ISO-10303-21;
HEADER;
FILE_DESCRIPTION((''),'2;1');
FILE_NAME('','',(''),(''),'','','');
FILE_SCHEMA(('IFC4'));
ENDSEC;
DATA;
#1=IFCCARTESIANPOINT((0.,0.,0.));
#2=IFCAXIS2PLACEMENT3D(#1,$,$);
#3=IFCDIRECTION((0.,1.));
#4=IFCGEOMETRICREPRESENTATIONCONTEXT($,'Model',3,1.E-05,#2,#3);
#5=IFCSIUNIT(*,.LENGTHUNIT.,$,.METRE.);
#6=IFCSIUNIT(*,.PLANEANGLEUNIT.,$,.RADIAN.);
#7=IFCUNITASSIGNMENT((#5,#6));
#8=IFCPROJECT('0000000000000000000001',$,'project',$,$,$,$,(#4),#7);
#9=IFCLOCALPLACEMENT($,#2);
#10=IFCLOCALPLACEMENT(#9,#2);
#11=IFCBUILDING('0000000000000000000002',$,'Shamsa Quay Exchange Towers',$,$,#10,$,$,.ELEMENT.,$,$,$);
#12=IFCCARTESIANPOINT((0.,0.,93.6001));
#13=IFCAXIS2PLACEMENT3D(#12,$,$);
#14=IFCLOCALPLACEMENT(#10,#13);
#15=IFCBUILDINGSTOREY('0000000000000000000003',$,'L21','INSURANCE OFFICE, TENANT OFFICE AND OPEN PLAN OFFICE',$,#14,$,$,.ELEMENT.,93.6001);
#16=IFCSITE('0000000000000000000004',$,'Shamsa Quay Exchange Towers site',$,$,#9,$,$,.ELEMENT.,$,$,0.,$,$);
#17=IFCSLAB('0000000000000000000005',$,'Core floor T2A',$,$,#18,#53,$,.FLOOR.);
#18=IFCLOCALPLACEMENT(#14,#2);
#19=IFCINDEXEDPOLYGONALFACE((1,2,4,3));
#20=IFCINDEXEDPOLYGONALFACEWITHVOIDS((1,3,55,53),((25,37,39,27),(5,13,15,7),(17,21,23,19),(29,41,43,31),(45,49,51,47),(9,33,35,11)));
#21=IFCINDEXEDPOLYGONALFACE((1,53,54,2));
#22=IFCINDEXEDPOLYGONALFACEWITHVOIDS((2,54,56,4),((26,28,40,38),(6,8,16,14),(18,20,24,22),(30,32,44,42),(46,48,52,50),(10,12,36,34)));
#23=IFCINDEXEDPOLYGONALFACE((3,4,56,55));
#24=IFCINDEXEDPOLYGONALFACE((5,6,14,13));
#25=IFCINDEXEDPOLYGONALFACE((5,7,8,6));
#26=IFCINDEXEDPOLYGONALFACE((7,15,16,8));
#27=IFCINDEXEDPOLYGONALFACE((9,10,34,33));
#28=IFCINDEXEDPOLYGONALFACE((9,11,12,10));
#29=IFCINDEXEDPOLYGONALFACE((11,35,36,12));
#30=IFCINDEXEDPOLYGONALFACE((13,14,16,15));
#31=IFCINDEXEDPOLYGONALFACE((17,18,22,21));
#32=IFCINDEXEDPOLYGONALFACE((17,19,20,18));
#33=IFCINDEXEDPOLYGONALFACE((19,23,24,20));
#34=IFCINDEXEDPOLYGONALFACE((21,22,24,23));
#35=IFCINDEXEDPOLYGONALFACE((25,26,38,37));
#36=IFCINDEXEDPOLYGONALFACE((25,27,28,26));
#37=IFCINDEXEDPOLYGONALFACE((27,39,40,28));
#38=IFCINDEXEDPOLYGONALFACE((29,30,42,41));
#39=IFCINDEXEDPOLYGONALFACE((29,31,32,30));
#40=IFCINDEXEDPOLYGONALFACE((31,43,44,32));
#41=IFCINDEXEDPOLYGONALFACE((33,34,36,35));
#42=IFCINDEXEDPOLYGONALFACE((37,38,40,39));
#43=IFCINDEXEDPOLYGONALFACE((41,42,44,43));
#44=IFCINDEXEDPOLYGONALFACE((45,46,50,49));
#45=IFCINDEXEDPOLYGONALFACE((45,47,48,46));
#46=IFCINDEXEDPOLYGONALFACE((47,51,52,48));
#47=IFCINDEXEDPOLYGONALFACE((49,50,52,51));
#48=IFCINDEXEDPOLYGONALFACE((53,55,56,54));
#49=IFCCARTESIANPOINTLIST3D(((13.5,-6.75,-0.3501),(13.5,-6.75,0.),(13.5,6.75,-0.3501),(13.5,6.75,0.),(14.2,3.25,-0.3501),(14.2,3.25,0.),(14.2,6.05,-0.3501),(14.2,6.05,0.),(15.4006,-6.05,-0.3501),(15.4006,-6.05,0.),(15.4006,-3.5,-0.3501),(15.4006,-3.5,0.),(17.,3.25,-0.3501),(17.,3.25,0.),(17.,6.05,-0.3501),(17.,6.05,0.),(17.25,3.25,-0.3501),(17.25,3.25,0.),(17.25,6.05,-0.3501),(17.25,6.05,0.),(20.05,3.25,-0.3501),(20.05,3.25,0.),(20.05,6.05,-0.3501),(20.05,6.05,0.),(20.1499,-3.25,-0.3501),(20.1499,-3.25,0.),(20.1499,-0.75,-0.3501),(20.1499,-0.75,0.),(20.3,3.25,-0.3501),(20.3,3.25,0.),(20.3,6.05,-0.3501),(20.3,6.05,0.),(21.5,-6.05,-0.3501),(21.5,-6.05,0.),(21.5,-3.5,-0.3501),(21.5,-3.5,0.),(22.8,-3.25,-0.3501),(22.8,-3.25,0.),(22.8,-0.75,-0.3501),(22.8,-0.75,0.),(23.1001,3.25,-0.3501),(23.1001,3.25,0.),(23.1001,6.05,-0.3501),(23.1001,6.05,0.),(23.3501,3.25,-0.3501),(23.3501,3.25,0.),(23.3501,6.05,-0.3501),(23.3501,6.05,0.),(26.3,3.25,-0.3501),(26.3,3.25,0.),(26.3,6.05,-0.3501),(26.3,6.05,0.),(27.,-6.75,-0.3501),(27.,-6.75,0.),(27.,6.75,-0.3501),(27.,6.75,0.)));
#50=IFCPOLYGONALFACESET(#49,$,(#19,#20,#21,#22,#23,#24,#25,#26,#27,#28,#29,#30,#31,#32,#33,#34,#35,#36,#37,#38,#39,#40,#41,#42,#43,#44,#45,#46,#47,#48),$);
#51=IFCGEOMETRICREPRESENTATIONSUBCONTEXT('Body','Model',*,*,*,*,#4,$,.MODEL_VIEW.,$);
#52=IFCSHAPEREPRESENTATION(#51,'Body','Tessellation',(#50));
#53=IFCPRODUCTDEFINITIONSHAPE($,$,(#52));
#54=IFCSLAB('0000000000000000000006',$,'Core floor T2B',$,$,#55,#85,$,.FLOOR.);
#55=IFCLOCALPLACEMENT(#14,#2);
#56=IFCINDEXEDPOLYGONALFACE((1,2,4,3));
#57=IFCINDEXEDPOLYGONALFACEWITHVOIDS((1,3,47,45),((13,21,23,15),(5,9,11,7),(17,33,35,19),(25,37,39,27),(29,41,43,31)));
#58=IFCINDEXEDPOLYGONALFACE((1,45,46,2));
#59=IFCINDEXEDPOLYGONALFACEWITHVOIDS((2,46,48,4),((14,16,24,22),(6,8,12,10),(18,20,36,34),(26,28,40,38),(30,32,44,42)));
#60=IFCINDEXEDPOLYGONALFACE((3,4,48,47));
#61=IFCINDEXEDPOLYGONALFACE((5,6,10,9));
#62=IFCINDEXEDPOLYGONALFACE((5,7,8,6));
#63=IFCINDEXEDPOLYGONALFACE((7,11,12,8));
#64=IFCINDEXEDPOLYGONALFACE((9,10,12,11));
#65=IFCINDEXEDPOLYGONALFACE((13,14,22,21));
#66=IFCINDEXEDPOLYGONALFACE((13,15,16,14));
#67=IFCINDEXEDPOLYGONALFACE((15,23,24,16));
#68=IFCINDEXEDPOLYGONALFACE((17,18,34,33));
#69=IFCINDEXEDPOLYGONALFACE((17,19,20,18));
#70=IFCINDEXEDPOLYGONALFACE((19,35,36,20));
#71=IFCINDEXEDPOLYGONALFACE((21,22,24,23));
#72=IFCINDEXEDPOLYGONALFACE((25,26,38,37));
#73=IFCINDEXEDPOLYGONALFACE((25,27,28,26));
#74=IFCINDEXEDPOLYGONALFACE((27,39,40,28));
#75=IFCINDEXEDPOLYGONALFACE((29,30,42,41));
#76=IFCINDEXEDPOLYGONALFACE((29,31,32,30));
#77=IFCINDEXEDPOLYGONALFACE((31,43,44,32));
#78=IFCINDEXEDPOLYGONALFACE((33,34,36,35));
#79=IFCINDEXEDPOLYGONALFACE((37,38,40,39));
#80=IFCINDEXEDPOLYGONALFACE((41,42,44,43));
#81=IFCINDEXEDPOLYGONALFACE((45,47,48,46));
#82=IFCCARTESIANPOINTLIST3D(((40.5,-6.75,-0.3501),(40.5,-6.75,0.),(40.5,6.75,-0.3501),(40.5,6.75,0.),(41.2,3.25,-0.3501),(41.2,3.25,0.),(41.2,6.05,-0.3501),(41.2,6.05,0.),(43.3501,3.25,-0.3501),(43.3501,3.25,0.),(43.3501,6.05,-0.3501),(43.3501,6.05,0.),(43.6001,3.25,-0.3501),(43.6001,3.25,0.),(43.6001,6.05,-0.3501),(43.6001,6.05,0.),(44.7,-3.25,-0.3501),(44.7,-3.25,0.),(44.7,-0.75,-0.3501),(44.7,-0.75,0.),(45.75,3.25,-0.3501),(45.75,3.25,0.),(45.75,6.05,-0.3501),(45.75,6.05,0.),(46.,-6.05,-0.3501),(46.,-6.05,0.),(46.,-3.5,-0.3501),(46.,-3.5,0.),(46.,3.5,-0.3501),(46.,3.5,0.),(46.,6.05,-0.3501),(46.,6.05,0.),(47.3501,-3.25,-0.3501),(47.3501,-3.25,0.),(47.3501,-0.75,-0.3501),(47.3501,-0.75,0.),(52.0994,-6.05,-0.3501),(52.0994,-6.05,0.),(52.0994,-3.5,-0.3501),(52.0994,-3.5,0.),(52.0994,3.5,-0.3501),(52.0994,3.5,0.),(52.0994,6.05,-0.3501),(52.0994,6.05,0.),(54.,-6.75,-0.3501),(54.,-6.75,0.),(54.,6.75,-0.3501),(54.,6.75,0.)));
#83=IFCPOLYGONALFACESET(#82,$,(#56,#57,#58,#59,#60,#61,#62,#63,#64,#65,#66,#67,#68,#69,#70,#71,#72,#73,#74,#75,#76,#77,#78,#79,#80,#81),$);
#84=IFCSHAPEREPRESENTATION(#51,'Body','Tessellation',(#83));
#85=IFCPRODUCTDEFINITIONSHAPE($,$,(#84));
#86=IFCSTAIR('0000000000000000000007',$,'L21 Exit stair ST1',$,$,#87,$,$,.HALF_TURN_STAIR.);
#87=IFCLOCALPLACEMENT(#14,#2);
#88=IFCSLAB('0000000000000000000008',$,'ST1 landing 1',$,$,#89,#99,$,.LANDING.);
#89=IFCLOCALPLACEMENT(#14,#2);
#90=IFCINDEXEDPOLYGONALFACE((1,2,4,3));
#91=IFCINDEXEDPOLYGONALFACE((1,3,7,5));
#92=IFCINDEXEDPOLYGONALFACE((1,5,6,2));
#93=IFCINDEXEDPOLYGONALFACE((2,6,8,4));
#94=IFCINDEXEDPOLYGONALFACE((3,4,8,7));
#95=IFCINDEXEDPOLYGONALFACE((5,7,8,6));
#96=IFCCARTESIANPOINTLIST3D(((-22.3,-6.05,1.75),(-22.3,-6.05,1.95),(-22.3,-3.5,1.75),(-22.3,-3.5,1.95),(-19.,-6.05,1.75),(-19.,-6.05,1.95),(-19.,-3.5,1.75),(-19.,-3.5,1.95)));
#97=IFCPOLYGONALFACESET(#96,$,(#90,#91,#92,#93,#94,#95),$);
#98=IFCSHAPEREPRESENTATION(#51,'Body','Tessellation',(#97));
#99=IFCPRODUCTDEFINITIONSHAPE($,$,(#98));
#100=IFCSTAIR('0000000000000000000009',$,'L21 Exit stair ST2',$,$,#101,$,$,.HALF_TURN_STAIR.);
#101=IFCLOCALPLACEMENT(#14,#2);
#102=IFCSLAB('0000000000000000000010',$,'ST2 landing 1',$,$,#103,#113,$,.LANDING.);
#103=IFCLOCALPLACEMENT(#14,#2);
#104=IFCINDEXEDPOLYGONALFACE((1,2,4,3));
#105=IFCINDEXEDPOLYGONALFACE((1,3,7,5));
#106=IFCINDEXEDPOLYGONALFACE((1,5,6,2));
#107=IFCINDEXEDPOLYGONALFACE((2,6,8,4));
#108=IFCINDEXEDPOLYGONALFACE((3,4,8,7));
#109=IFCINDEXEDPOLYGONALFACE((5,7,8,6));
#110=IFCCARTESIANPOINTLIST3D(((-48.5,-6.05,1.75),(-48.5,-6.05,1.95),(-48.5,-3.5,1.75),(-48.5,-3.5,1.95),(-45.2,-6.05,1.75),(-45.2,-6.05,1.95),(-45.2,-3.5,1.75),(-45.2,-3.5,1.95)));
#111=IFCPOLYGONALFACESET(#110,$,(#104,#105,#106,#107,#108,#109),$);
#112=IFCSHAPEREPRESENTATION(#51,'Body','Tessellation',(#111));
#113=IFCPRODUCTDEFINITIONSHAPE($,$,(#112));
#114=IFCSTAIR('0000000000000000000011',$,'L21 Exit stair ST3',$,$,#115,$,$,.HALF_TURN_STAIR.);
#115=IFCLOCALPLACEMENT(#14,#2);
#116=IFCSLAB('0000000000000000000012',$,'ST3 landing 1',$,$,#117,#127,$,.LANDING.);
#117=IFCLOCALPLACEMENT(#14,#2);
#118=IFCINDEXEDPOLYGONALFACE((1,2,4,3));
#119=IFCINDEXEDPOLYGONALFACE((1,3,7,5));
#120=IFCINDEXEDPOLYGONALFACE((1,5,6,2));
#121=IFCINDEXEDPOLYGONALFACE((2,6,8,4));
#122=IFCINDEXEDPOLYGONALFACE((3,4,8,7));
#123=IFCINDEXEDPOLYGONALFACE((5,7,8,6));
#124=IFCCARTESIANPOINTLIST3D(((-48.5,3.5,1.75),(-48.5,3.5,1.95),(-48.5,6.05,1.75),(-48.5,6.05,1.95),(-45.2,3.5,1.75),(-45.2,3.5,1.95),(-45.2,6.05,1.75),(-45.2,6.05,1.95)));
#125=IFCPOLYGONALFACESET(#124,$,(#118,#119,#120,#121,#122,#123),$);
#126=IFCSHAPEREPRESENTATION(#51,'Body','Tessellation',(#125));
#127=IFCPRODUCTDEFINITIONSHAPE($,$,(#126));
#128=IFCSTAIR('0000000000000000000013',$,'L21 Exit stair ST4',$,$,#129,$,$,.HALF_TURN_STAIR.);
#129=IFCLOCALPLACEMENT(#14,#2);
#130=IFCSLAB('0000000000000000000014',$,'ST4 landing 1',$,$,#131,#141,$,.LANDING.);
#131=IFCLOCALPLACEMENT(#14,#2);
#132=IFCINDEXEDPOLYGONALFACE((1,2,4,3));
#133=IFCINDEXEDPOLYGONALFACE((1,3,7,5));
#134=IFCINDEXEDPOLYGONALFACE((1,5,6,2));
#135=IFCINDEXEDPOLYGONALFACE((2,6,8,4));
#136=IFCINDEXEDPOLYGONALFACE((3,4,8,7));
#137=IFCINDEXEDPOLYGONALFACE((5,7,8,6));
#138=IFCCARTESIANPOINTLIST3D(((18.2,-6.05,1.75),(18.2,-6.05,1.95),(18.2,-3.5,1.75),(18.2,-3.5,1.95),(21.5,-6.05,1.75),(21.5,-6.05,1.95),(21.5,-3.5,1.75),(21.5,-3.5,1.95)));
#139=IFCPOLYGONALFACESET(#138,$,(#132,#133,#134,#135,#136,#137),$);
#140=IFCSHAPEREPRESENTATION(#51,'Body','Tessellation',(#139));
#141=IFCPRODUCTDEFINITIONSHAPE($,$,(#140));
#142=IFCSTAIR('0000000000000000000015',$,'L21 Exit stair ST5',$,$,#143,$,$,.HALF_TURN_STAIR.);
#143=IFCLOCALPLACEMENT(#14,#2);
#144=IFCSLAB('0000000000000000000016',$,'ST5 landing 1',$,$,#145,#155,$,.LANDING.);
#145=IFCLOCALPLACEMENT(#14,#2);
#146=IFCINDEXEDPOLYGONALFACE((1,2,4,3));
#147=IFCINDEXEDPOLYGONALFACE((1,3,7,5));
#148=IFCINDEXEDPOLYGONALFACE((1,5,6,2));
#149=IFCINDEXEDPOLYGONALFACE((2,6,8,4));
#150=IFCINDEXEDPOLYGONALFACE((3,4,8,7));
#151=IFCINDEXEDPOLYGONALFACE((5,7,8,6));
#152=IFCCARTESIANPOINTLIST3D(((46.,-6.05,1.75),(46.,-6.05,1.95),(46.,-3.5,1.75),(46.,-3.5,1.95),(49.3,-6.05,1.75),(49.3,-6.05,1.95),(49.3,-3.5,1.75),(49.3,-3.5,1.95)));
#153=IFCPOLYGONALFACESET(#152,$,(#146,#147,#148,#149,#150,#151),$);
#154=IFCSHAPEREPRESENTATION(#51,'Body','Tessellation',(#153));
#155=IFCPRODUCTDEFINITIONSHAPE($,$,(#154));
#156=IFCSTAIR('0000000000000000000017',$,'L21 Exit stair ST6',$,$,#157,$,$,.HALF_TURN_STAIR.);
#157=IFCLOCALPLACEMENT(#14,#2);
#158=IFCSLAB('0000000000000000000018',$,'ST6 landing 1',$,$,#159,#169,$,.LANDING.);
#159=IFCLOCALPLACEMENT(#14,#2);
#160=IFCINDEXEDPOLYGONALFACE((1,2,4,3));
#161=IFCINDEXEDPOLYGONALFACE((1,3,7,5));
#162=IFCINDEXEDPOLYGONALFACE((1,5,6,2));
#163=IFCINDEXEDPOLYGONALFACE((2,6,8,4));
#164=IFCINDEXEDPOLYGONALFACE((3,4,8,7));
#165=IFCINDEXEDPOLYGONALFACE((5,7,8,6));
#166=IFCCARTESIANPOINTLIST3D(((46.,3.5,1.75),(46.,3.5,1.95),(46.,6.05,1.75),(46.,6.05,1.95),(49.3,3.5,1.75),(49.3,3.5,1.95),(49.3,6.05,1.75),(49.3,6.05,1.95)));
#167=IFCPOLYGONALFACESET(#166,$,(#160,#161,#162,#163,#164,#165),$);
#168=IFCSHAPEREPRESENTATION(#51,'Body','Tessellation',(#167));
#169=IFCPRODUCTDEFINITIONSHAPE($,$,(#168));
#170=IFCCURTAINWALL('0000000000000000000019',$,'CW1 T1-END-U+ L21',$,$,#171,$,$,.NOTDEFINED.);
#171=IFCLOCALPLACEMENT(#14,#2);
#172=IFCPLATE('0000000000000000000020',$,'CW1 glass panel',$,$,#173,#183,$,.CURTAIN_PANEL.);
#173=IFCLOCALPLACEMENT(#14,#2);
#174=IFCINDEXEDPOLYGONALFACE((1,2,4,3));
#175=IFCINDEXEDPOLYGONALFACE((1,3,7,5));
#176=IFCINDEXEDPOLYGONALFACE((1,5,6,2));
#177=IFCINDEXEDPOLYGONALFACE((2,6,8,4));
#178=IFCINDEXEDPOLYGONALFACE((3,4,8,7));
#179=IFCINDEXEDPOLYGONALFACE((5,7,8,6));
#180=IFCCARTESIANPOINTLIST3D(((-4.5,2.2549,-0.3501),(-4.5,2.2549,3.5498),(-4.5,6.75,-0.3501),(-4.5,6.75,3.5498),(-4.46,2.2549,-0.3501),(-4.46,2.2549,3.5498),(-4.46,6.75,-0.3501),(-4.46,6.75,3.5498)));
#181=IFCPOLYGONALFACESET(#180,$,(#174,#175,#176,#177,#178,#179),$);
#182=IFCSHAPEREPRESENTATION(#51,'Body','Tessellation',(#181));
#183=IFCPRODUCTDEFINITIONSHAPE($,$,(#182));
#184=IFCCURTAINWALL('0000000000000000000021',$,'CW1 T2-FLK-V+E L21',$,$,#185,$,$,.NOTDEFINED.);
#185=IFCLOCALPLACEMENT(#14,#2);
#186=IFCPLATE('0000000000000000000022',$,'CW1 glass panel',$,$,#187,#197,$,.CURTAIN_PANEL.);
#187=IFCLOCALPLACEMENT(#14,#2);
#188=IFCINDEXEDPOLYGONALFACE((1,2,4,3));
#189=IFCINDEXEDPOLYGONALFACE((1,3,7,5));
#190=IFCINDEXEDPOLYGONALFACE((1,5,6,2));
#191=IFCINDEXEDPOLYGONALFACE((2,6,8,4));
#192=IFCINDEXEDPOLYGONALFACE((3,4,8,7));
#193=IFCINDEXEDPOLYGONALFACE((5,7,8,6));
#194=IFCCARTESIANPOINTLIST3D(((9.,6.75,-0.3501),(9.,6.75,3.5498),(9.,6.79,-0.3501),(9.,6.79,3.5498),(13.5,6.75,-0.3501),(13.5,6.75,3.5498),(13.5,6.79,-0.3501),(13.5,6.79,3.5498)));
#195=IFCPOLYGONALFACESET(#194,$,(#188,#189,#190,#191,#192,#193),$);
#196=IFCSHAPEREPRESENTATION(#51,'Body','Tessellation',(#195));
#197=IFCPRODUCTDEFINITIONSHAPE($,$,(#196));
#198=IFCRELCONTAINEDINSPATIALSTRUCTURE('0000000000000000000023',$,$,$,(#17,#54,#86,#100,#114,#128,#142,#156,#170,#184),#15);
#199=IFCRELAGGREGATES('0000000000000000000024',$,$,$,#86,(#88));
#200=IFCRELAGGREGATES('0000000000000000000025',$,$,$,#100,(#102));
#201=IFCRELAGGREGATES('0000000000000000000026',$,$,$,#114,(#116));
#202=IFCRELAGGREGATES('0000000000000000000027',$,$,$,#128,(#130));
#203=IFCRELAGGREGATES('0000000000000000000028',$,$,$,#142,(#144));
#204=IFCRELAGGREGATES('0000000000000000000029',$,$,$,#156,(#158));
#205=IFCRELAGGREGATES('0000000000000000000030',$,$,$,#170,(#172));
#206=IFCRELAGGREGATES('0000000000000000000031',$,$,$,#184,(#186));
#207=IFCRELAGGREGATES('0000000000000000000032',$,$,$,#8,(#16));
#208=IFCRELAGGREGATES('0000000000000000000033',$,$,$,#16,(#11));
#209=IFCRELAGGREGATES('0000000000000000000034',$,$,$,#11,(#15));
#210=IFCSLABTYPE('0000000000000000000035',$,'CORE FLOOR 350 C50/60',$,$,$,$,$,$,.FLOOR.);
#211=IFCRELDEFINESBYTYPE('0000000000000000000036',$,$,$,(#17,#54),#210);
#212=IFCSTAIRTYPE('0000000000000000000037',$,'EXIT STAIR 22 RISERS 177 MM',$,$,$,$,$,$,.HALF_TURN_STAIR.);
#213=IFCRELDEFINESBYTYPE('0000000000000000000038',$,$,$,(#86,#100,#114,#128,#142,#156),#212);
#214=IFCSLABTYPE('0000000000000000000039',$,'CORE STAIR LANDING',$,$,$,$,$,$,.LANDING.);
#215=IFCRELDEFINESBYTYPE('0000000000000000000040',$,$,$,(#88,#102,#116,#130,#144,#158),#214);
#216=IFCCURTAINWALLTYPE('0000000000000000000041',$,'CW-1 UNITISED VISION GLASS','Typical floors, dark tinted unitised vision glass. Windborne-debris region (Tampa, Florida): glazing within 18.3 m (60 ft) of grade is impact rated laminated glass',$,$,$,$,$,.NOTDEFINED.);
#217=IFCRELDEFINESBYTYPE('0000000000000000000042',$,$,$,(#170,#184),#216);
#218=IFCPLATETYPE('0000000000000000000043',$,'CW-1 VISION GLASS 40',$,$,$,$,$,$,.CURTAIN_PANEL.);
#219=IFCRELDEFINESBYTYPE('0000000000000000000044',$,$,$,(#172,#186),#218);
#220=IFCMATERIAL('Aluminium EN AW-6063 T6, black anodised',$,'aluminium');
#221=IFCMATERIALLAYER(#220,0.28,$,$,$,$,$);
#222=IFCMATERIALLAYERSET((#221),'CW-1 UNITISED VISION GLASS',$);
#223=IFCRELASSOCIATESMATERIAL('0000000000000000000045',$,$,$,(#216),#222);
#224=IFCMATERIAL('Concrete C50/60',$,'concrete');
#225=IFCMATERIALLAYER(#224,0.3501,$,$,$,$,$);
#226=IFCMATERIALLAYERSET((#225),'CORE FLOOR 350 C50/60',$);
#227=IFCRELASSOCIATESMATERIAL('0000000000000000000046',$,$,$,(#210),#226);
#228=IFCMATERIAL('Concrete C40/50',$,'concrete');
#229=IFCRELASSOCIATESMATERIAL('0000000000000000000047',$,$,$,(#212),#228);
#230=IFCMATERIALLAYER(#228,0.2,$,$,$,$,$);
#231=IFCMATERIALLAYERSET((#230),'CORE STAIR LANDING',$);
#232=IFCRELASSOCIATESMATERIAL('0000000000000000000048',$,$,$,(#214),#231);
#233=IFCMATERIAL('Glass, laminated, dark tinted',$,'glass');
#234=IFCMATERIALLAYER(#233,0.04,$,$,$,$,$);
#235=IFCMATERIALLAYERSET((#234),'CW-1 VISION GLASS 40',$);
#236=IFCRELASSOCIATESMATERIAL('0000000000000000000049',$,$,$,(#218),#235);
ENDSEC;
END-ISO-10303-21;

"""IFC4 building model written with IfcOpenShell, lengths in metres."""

from ifc_helpers import new_model, si_unit, direction, frame, origin, origin_2d, place, context, subcontext, project, spatial, polyline, rectangle, outline, extrude, material, layer, layer_set, type_object, element, aggregate, save


model = new_model("IFC4")

# Units and contexts
model_context = context("Model", 3, precision=1e-05, world=origin(), true_north=direction((0.0, 1.0)))
body_context = subcontext(model_context, "Body", "Model", "MODEL_VIEW")
ifc_project = project(units=[si_unit("LENGTHUNIT", "METRE"), si_unit("PLANEANGLEUNIT", "RADIAN")], contexts=[model_context])

# Site, building, storey
site_placement = place(None, origin())
site = spatial("IfcSite", under=ifc_project, at=site_placement, Name="Shamsa Quay Exchange Towers site", CompositionType="ELEMENT", RefElevation=0.0)
building_placement = place(site_placement, origin())
building = spatial("IfcBuilding", under=site, at=building_placement, Name="Shamsa Quay Exchange Towers", CompositionType="ELEMENT")
storey_placement = place(building_placement, frame((0.0, 0.0, 93.6001)))
storey = spatial("IfcBuildingStorey", under=building, at=storey_placement, Name="L21", Description="INSURANCE OFFICE, TENANT OFFICE AND OPEN PLAN OFFICE", CompositionType="ELEMENT", Elevation=93.6001)

# Shared definitions
ifc_material_1 = material(Name="Aluminium EN AW-6063 T6, black anodised", Category="aluminium")
ifc_layer_1 = layer(ifc_material_1, 0.28)
ifc_layer_set_1 = layer_set([ifc_layer_1], Name="CW-1 UNITISED VISION GLASS")
curtain_wall_type = type_object("IfcCurtainWallType", Name="CW-1 UNITISED VISION GLASS", Description="Typical floors, dark tinted unitised vision glass. Windborne-debris region (Tampa, Florida): glazing within 18.3 m (60 ft) of grade is impact rated laminated glass", PredefinedType="NOTDEFINED", material=ifc_layer_set_1)

# Slabs
ifc_material_2 = material(Name="Concrete C50/60", Category="concrete")
ifc_layer_2 = layer(ifc_material_2, 0.3501)
ifc_layer_set_2 = layer_set([ifc_layer_2], Name="CORE FLOOR 350 C50/60")
slab_type_1 = type_object("IfcSlabType", Name="CORE FLOOR 350 C50/60", PredefinedType="FLOOR", material=ifc_layer_set_2)
slab_1_placement = place(storey_placement, frame((0.0, 0.0, -0.3501)))
element("IfcSlab", 1, at=slab_1_placement, inside=storey, type_object=slab_type_1, Name="Core floor T2A", PredefinedType="FLOOR", context=body_context, shape_type="SweptSolid", body=[
    extrude(outline(polyline([(13.5, -6.75), (27.0, -6.75), (27.0, 6.75), (13.5, 6.75), (13.5, -6.75)]), holes=[polyline([(15.4006, -6.05), (15.4006, -3.5), (21.5, -3.5), (21.5, -6.05), (15.4006, -6.05)]), polyline([(14.2, 3.25), (14.2, 6.05), (17.0, 6.05), (17.0, 3.25), (14.2, 3.25)]), polyline([(17.25, 3.25), (17.25, 6.05), (20.05, 6.05), (20.05, 3.25), (17.25, 3.25)]), polyline([(20.3, 3.25), (20.3, 6.05), (23.1001, 6.05), (23.1001, 3.25), (20.3, 3.25)]), polyline([(23.3501, 3.25), (23.3501, 6.05), (26.3, 6.05), (26.3, 3.25), (23.3501, 3.25)]), polyline([(20.1499, -3.25), (20.1499, -0.75), (22.8, -0.75), (22.8, -3.25), (20.1499, -3.25)])]), origin(), (0.0, 0.0, 1.0), 0.3501),
])
slab_2_placement = place(storey_placement, frame((0.0, 0.0, -0.3501)))
element("IfcSlab", 2, at=slab_2_placement, inside=storey, type_object=slab_type_1, Name="Core floor T2B", PredefinedType="FLOOR", context=body_context, shape_type="SweptSolid", body=[
    extrude(outline(polyline([(54.0, -6.75), (54.0, 6.75), (40.5, 6.75), (40.5, -6.75), (54.0, -6.75)]), holes=[polyline([(52.0994, -3.5), (52.0994, -6.05), (46.0, -6.05), (46.0, -3.5), (52.0994, -3.5)]), polyline([(52.0994, 6.05), (52.0994, 3.5), (46.0, 3.5), (46.0, 6.05), (52.0994, 6.05)]), polyline([(45.75, 3.25), (43.6001, 3.25), (43.6001, 6.05), (45.75, 6.05), (45.75, 3.25)]), polyline([(43.3501, 3.25), (41.2, 3.25), (41.2, 6.05), (43.3501, 6.05), (43.3501, 3.25)]), polyline([(47.3501, -3.25), (44.7, -3.25), (44.7, -0.75), (47.3501, -0.75), (47.3501, -3.25)])]), origin(), (0.0, 0.0, 1.0), 0.3501),
])

# Stairs, slabs
ifc_material_3 = material(Name="Concrete C40/50", Category="concrete")
stair_type = type_object("IfcStairType", Name="EXIT STAIR 22 RISERS 177 MM", PredefinedType="HALF_TURN_STAIR", material=ifc_material_3)
stair_1_placement = place(storey_placement, origin())
stair_1 = element("IfcStair", 3, at=stair_1_placement, inside=storey, type_object=stair_type, Name="L21 Exit stair ST1", PredefinedType="HALF_TURN_STAIR")
ifc_layer_3 = layer(ifc_material_3, 0.2)
ifc_layer_set_3 = layer_set([ifc_layer_3], Name="CORE STAIR LANDING")
slab_type_2 = type_object("IfcSlabType", Name="CORE STAIR LANDING", PredefinedType="LANDING", material=ifc_layer_set_3)
slab_3_placement = place(storey_placement, frame((0.0, 0.0, 1.75)))
slab_3 = element("IfcSlab", 4, at=slab_3_placement, type_object=slab_type_2, Name="ST1 landing 1", PredefinedType="LANDING", context=body_context, shape_type="SweptSolid", body=[
    extrude(outline(polyline([(-22.3, -6.05), (-19.0, -6.05), (-19.0, -3.5), (-22.3, -3.5), (-22.3, -6.05)])), origin(), (0.0, 0.0, 1.0), 0.2),
])
aggregate(stair_1, [slab_3])
stair_2_placement = place(storey_placement, origin())
stair_2 = element("IfcStair", 5, at=stair_2_placement, inside=storey, type_object=stair_type, Name="L21 Exit stair ST2", PredefinedType="HALF_TURN_STAIR")
slab_4_placement = place(storey_placement, frame((0.0, 0.0, 1.75)))
slab_4 = element("IfcSlab", 6, at=slab_4_placement, type_object=slab_type_2, Name="ST2 landing 1", PredefinedType="LANDING", context=body_context, shape_type="SweptSolid", body=[
    extrude(outline(polyline([(-45.2, -3.5), (-48.5, -3.5), (-48.5, -6.05), (-45.2, -6.05), (-45.2, -3.5)])), origin(), (0.0, 0.0, 1.0), 0.2),
])
aggregate(stair_2, [slab_4])
stair_3_placement = place(storey_placement, origin())
stair_3 = element("IfcStair", 7, at=stair_3_placement, inside=storey, type_object=stair_type, Name="L21 Exit stair ST3", PredefinedType="HALF_TURN_STAIR")
slab_5_placement = place(storey_placement, frame((0.0, 0.0, 1.75)))
slab_5 = element("IfcSlab", 8, at=slab_5_placement, type_object=slab_type_2, Name="ST3 landing 1", PredefinedType="LANDING", context=body_context, shape_type="SweptSolid", body=[
    extrude(outline(polyline([(-45.2, 6.05), (-48.5, 6.05), (-48.5, 3.5), (-45.2, 3.5), (-45.2, 6.05)])), origin(), (0.0, 0.0, 1.0), 0.2),
])
aggregate(stair_3, [slab_5])
stair_4_placement = place(storey_placement, origin())
stair_4 = element("IfcStair", 9, at=stair_4_placement, inside=storey, type_object=stair_type, Name="L21 Exit stair ST4", PredefinedType="HALF_TURN_STAIR")
slab_6_placement = place(storey_placement, frame((0.0, 0.0, 1.75)))
slab_6 = element("IfcSlab", 10, at=slab_6_placement, type_object=slab_type_2, Name="ST4 landing 1", PredefinedType="LANDING", context=body_context, shape_type="SweptSolid", body=[
    extrude(outline(polyline([(18.2, -6.05), (21.5, -6.05), (21.5, -3.5), (18.2, -3.5), (18.2, -6.05)])), origin(), (0.0, 0.0, 1.0), 0.2),
])
aggregate(stair_4, [slab_6])
stair_5_placement = place(storey_placement, origin())
stair_5 = element("IfcStair", 11, at=stair_5_placement, inside=storey, type_object=stair_type, Name="L21 Exit stair ST5", PredefinedType="HALF_TURN_STAIR")
slab_7_placement = place(storey_placement, frame((0.0, 0.0, 1.75)))
slab_7 = element("IfcSlab", 12, at=slab_7_placement, type_object=slab_type_2, Name="ST5 landing 1", PredefinedType="LANDING", context=body_context, shape_type="SweptSolid", body=[
    extrude(outline(polyline([(49.3, -3.5), (46.0, -3.5), (46.0, -6.05), (49.3, -6.05), (49.3, -3.5)])), origin(), (0.0, 0.0, 1.0), 0.2),
])
aggregate(stair_5, [slab_7])
stair_6_placement = place(storey_placement, origin())
stair_6 = element("IfcStair", 13, at=stair_6_placement, inside=storey, type_object=stair_type, Name="L21 Exit stair ST6", PredefinedType="HALF_TURN_STAIR")
slab_8_placement = place(storey_placement, frame((0.0, 0.0, 1.75)))
slab_8 = element("IfcSlab", 14, at=slab_8_placement, type_object=slab_type_2, Name="ST6 landing 1", PredefinedType="LANDING", context=body_context, shape_type="SweptSolid", body=[
    extrude(outline(polyline([(49.3, 6.05), (46.0, 6.05), (46.0, 3.5), (49.3, 3.5), (49.3, 6.05)])), origin(), (0.0, 0.0, 1.0), 0.2),
])
aggregate(stair_6, [slab_8])

# Curtain walls, plates
curtain_wall_1_placement = place(storey_placement, origin())
curtain_wall_1 = element("IfcCurtainWall", 15, at=curtain_wall_1_placement, inside=storey, type_object=curtain_wall_type, Name="CW1 T1-END-U+ L21", PredefinedType="NOTDEFINED")
ifc_material_4 = material(Name="Glass, laminated, dark tinted", Category="glass")
ifc_layer_4 = layer(ifc_material_4, 0.04)
ifc_layer_set_4 = layer_set([ifc_layer_4], Name="CW-1 VISION GLASS 40")
plate_type = type_object("IfcPlateType", Name="CW-1 VISION GLASS 40", PredefinedType="CURTAIN_PANEL", material=ifc_layer_set_4)
plate_1_placement = place(storey_placement, frame((-4.48, 4.5024, -0.3501), z_axis=(0.0, 0.0, 1.0), x_axis=(0.0, 1.0, 0.0)))
plate_1 = element("IfcPlate", 16, at=plate_1_placement, type_object=plate_type, Name="CW1 glass panel", PredefinedType="CURTAIN_PANEL", context=body_context, shape_type="SweptSolid", body=[
    extrude(rectangle(XDim=4.4951, YDim=0.04, at=origin_2d()), origin(), (0.0, 0.0, 1.0), 3.8999),
])
aggregate(curtain_wall_1, [plate_1])
curtain_wall_2_placement = place(storey_placement, origin())
curtain_wall_2 = element("IfcCurtainWall", 17, at=curtain_wall_2_placement, inside=storey, type_object=curtain_wall_type, Name="CW1 T2-FLK-V+E L21", PredefinedType="NOTDEFINED")
plate_2_placement = place(storey_placement, frame((11.25, 6.77, -0.3501), z_axis=(0.0, 0.0, 1.0), x_axis=(-1.0, 0.0, 0.0)))
plate_2 = element("IfcPlate", 18, at=plate_2_placement, type_object=plate_type, Name="CW1 glass panel", PredefinedType="CURTAIN_PANEL", context=body_context, shape_type="SweptSolid", body=[
    extrude(rectangle(XDim=4.5, YDim=0.04, at=origin_2d()), origin(), (0.0, 0.0, 1.0), 3.8999),
])
aggregate(curtain_wall_2, [plate_2])

save(model, "model.ifc")
